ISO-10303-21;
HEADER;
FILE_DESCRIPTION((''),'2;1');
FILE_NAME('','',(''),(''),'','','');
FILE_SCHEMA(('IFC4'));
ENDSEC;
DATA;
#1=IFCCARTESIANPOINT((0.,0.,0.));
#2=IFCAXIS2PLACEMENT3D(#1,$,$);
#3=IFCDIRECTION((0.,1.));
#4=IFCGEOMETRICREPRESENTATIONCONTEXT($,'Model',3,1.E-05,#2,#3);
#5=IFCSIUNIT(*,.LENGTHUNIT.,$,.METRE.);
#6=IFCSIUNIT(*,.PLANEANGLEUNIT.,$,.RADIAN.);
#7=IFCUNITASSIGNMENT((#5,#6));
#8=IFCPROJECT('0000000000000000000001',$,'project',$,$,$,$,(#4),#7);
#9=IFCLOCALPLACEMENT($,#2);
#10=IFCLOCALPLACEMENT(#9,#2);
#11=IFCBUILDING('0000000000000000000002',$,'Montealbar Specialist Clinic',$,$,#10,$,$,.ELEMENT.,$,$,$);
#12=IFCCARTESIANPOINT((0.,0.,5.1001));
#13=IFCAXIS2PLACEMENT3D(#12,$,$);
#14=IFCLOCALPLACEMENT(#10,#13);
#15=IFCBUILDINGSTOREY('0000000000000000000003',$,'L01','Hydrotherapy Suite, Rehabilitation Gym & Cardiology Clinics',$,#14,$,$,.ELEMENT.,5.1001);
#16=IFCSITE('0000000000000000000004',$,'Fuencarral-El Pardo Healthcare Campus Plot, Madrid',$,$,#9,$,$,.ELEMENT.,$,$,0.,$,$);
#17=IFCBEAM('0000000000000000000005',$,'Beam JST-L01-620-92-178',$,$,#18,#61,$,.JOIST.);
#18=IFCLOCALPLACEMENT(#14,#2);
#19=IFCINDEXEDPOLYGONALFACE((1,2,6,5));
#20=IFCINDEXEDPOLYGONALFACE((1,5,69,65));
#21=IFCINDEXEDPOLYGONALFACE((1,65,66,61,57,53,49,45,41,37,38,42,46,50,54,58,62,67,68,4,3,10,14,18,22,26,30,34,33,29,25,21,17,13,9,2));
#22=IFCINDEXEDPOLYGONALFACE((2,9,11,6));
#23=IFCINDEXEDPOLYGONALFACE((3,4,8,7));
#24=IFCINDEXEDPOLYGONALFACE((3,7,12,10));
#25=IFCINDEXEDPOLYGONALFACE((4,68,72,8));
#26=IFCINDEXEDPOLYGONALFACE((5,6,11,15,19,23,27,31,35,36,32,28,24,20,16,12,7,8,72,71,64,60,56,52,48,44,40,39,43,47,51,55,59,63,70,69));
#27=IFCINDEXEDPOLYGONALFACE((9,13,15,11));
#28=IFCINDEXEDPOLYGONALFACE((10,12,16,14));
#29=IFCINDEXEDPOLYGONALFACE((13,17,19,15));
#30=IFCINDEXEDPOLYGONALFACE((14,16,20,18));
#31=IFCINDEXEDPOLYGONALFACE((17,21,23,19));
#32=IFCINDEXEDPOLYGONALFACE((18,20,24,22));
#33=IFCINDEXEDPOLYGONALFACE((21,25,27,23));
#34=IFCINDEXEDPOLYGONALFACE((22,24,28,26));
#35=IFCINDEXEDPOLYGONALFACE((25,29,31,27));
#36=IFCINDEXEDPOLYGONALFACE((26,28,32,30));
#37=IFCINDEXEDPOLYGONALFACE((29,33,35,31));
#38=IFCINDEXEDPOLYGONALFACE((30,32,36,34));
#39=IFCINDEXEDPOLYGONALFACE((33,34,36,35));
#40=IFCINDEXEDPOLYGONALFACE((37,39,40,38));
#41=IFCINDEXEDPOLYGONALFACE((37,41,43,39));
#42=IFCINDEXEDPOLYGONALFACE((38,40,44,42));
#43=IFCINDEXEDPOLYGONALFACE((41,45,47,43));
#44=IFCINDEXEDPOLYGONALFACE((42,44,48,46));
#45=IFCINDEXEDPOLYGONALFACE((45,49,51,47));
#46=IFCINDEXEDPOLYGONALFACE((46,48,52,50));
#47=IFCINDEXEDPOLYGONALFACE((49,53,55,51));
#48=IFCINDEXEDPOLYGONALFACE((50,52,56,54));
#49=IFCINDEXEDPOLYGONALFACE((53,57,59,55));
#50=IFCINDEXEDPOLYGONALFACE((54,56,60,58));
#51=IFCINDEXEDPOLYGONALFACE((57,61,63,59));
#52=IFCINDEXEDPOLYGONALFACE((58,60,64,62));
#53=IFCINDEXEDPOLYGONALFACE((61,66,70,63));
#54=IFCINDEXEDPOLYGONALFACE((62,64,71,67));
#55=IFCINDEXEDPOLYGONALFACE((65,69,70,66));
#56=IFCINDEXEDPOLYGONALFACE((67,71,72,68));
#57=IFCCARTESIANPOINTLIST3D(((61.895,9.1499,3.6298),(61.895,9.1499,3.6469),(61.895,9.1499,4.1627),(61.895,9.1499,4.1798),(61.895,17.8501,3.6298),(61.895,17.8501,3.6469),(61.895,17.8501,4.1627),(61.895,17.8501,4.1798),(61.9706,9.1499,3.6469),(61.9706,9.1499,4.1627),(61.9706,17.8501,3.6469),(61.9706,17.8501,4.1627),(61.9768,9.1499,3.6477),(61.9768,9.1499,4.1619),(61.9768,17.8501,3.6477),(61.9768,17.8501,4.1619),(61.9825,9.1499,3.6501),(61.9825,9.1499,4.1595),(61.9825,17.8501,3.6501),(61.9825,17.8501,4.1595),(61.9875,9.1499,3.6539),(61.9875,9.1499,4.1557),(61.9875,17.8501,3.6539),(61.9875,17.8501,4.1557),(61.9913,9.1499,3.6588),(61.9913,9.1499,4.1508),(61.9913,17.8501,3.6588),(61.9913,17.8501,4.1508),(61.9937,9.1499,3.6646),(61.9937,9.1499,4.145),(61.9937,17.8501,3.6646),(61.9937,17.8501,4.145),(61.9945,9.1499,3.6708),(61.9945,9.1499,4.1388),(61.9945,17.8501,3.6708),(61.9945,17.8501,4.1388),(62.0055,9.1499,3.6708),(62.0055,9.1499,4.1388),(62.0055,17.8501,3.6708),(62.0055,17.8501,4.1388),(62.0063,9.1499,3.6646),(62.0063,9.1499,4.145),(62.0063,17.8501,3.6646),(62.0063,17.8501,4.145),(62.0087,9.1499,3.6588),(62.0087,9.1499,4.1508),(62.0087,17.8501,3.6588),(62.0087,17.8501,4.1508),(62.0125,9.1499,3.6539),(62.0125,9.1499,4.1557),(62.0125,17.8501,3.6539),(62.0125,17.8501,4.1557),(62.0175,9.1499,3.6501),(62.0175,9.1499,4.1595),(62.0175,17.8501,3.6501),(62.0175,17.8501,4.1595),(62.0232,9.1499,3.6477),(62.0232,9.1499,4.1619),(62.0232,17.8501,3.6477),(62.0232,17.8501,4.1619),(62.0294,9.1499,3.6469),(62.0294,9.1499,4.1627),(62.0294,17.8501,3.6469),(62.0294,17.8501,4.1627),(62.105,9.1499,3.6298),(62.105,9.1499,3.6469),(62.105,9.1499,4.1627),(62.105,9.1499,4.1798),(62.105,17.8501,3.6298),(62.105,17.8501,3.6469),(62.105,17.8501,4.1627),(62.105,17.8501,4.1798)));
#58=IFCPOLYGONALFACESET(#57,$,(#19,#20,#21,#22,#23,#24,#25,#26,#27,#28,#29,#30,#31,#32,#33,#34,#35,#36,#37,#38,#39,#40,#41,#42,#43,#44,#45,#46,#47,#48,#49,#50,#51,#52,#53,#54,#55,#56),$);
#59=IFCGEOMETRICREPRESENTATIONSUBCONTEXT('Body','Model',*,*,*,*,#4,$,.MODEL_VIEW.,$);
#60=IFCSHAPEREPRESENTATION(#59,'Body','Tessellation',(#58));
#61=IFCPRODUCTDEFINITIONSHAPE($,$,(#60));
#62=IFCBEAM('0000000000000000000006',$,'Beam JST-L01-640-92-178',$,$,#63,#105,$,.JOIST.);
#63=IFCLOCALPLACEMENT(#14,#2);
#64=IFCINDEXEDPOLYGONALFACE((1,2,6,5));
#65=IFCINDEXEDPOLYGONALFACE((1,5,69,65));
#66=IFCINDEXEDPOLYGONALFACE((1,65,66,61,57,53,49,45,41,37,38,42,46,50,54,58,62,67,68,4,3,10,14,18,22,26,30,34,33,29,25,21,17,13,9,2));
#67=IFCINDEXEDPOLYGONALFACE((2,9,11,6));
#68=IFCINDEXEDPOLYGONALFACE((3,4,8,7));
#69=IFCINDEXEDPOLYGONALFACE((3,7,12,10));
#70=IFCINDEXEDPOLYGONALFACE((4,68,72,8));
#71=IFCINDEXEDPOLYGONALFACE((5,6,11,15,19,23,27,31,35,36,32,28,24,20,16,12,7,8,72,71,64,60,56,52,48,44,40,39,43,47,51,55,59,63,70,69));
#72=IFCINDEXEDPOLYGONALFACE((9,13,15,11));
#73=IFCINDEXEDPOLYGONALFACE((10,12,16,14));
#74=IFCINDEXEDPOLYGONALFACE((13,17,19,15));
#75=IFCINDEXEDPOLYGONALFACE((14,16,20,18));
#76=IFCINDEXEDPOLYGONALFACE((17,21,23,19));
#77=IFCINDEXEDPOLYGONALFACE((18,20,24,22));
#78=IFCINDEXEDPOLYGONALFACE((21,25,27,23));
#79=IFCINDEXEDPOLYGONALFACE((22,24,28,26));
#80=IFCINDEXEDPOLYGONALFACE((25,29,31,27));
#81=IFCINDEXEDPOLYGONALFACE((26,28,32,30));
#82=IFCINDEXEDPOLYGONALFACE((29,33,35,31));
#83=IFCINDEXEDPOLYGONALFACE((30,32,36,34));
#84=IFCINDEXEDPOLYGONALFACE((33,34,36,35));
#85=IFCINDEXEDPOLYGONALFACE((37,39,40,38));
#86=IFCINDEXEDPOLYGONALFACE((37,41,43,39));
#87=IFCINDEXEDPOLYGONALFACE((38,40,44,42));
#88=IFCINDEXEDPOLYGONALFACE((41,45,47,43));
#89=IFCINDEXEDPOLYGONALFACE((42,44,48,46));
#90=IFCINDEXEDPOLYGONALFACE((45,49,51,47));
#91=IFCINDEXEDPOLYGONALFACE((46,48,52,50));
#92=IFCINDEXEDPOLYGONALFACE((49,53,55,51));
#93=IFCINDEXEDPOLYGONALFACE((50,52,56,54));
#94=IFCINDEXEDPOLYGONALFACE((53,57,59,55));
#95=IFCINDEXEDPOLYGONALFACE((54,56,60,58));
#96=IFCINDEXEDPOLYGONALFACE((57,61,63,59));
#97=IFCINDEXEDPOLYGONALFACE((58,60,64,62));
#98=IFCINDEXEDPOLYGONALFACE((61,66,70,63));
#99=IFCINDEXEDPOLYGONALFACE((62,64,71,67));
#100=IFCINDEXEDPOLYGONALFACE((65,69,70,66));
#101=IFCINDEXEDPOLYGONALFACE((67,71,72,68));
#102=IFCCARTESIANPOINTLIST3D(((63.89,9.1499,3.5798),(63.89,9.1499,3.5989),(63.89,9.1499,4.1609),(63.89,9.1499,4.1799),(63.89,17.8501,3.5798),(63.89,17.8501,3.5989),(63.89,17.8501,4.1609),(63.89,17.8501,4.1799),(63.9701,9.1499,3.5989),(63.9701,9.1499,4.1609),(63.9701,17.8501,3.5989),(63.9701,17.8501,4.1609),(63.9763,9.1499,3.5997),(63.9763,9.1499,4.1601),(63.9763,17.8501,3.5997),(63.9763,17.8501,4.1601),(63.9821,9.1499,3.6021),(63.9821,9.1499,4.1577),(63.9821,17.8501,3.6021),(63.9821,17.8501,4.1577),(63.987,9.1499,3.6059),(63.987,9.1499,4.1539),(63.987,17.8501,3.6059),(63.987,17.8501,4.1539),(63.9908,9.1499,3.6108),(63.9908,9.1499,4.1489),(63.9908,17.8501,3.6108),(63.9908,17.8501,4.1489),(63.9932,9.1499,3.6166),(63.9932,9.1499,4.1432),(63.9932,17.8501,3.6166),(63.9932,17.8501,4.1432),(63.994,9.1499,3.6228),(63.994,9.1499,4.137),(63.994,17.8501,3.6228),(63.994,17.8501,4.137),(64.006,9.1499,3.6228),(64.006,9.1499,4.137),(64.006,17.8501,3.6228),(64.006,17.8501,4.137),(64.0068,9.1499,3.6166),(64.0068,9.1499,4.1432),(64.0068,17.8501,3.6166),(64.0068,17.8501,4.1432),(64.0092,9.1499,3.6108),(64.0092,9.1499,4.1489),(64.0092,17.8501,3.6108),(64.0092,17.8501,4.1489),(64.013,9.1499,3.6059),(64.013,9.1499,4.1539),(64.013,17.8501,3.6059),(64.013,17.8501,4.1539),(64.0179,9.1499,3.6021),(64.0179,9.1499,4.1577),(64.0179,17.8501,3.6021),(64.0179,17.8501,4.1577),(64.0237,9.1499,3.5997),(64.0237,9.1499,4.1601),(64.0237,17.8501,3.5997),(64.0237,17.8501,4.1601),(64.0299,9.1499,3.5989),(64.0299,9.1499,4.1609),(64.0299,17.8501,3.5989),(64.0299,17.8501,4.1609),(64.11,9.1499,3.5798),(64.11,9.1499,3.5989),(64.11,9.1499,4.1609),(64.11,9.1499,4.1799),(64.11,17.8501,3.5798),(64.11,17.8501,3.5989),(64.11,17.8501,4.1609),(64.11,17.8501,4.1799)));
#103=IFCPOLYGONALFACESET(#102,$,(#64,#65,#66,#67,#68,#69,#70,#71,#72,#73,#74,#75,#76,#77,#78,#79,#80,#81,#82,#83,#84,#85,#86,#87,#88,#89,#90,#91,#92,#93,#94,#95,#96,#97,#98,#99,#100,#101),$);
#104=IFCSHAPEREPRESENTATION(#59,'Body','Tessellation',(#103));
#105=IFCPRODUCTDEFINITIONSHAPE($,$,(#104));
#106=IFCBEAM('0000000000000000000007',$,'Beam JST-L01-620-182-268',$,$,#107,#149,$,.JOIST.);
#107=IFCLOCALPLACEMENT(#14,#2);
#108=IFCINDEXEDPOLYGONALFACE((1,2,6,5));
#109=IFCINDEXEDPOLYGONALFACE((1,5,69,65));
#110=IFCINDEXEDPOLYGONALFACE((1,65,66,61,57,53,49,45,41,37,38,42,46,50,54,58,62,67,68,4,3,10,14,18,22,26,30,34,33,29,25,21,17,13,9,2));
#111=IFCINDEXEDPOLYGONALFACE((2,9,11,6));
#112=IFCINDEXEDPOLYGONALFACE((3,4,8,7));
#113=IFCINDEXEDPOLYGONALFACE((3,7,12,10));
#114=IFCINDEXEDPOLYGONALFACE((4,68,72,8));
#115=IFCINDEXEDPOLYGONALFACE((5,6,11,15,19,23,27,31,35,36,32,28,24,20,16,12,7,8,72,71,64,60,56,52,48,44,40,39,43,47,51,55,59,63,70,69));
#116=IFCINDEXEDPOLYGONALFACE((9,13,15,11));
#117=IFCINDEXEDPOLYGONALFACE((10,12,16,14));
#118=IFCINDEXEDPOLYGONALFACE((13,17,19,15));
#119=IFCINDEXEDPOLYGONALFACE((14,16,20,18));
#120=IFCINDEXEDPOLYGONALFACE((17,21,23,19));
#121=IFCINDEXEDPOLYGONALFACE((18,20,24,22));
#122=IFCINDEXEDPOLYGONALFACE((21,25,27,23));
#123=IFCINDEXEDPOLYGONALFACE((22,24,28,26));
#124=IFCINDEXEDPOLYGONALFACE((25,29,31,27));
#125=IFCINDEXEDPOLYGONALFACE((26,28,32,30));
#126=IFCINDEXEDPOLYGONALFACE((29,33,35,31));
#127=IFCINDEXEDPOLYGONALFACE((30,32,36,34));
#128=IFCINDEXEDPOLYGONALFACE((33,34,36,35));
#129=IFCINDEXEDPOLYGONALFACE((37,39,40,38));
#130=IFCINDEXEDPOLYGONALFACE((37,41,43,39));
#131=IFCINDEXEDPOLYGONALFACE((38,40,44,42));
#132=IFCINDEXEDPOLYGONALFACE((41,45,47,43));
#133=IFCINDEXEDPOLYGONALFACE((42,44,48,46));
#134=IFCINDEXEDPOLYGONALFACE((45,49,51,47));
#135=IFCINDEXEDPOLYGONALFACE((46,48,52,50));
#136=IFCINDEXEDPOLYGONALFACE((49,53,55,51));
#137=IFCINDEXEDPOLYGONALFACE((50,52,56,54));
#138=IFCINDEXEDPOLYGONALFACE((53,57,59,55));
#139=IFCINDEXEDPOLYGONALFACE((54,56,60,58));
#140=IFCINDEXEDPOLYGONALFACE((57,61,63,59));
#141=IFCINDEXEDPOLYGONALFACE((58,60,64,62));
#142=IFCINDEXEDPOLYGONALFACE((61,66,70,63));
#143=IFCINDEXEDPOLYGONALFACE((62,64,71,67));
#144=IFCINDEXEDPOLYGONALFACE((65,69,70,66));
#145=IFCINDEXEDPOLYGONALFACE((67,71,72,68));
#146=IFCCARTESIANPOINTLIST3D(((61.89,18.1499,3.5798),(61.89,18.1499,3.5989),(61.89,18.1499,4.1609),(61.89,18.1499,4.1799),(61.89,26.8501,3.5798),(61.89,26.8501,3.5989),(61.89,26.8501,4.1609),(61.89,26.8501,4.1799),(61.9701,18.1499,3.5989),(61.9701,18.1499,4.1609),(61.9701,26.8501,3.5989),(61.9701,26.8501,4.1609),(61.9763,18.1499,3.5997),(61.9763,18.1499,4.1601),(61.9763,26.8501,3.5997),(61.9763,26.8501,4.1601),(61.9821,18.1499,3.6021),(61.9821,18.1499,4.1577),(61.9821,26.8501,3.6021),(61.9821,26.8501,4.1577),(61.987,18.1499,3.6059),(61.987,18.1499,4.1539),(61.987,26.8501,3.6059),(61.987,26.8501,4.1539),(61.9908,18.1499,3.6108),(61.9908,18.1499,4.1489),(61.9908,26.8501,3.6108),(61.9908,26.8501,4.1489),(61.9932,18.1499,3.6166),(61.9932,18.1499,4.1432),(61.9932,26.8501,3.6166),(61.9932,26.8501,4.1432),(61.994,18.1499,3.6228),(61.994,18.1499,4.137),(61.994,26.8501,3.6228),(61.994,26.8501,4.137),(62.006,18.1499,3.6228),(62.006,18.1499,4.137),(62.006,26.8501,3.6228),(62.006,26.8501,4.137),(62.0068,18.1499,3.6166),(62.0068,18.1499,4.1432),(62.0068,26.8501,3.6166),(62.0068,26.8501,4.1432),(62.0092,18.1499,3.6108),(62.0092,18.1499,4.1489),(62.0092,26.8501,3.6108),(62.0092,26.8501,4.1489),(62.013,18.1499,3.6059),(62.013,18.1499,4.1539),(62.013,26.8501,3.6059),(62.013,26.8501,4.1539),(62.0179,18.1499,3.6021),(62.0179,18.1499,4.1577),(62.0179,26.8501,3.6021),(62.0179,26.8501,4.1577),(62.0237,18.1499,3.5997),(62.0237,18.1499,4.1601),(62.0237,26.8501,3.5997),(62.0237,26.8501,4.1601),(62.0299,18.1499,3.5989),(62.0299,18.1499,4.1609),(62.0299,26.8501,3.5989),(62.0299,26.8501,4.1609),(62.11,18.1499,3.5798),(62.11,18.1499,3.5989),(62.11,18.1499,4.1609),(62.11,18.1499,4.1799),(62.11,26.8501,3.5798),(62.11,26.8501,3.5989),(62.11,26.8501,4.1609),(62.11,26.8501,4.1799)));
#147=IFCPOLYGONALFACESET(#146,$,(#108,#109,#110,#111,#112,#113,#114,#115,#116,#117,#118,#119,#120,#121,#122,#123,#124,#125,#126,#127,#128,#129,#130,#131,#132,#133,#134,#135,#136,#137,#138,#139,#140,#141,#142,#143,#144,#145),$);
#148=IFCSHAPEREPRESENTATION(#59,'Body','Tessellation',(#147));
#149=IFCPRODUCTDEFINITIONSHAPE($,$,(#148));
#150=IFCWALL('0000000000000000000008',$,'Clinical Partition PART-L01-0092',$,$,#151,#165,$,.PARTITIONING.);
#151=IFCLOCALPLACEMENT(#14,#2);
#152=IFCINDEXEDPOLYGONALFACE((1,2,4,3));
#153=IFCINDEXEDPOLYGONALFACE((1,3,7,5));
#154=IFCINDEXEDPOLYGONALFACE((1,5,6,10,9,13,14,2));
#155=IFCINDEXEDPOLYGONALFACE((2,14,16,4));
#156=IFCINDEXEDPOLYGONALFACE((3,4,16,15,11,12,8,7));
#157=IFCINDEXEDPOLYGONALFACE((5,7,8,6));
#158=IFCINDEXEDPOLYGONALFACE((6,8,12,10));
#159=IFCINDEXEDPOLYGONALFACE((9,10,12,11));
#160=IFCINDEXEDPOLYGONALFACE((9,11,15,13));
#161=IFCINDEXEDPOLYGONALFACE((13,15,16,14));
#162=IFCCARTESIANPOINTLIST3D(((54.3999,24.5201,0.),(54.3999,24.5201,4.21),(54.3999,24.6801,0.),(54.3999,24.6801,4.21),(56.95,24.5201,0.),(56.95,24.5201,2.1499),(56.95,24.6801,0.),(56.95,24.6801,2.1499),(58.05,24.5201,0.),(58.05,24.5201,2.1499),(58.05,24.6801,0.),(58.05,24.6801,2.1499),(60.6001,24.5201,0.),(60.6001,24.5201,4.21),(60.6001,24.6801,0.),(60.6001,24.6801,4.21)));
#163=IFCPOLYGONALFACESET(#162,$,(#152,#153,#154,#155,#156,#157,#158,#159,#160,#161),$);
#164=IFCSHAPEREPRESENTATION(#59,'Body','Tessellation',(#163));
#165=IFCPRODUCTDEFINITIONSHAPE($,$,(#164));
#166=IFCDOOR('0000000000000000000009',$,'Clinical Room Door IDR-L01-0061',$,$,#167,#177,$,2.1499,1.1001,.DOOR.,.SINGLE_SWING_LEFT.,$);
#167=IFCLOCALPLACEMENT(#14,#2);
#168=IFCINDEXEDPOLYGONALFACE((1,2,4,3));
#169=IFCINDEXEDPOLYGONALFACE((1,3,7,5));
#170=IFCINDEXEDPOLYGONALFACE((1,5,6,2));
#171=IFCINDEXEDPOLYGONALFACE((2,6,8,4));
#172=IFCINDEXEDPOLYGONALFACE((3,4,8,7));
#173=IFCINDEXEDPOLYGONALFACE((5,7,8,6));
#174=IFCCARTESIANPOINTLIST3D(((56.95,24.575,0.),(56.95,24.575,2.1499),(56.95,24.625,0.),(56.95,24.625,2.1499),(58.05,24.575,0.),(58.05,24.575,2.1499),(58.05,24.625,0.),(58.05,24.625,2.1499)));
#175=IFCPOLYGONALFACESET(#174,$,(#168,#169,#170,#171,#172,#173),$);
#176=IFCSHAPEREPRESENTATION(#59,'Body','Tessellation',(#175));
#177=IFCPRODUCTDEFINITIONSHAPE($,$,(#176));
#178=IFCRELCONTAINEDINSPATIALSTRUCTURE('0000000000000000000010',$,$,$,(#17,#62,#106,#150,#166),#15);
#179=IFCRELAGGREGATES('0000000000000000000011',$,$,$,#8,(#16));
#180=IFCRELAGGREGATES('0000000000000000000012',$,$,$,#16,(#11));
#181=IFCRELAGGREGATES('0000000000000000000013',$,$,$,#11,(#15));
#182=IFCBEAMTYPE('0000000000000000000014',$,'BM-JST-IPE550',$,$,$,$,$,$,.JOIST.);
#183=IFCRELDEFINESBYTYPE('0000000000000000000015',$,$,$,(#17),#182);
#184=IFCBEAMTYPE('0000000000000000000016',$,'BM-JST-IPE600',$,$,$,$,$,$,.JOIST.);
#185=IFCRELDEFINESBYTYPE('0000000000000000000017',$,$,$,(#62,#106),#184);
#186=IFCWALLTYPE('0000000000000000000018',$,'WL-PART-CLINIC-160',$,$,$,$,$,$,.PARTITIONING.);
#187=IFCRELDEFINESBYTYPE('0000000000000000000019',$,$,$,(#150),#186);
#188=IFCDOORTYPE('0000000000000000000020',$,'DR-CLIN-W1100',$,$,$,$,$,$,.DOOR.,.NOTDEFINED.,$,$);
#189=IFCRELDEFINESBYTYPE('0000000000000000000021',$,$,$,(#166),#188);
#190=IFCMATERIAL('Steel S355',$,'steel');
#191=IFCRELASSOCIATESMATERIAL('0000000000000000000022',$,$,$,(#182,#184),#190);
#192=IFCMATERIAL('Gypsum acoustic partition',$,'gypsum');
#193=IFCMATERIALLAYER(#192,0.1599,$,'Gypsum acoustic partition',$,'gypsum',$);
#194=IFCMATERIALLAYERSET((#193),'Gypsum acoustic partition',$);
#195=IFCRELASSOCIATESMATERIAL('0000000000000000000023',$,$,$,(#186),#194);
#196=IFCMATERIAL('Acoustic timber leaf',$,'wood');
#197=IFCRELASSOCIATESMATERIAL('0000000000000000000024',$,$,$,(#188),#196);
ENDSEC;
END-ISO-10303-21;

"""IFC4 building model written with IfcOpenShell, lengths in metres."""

from ifc_helpers import new_model, si_unit, direction, frame, frame_2d, origin, origin_2d, place, context, subcontext, project, spatial, rectangle, i_section, extrude, material, layer, layer_set, material_profile, profile_set, type_object, element, fill, save


model = new_model("IFC4")

# Units and contexts
model_context = context("Model", 3, precision=1e-05, world=origin(), true_north=direction((0.0, 1.0)))
body_context = subcontext(model_context, "Body", "Model", "MODEL_VIEW")
ifc_project = project(units=[si_unit("LENGTHUNIT", "METRE"), si_unit("PLANEANGLEUNIT", "RADIAN")], contexts=[model_context])

# Site, building, storey
site_placement = place(None, origin())
site = spatial("IfcSite", under=ifc_project, at=site_placement, Name="Fuencarral-El Pardo Healthcare Campus Plot, Madrid", CompositionType="ELEMENT", RefElevation=0.0)
building_placement = place(site_placement, origin())
building = spatial("IfcBuilding", under=site, at=building_placement, Name="Montealbar Specialist Clinic", CompositionType="ELEMENT")
storey_placement = place(building_placement, frame((0.0, 0.0, 5.1001)))
storey = spatial("IfcBuildingStorey", under=building, at=storey_placement, Name="L01", Description="Hydrotherapy Suite, Rehabilitation Gym & Cardiology Clinics", CompositionType="ELEMENT", Elevation=5.1001)

# Shared definitions
ifc_material_1 = material(Name="Steel S355", Category="steel")

# Beams
ifc_material_profile_1 = material_profile(ifc_material_1, i_section(OverallWidth=0.21, OverallDepth=0.55, WebThickness=0.011, FlangeThickness=0.0171, FilletRadius=0.0239, at=origin_2d()), Name="IPE 550", Category="steel")
ifc_profile_set_1 = profile_set([ifc_material_profile_1], Name="Steel S355")
beam_type_1 = type_object("IfcBeamType", Name="BM-JST-IPE550", PredefinedType="JOIST", material=ifc_profile_set_1)
beam_1_placement = place(storey_placement, frame((62.0, 9.1499, 3.9048), z_axis=(0.0, 1.0, 0.0), x_axis=(-1.0, 0.0, 0.0)))
element("IfcBeam", 1, at=beam_1_placement, inside=storey, type_object=beam_type_1, Name="Beam JST-L01-620-92-178", PredefinedType="JOIST", context=body_context, shape_type="SweptSolid", body=[
    extrude(i_section(OverallWidth=0.21, OverallDepth=0.55, WebThickness=0.011, FlangeThickness=0.0171, FilletRadius=0.0239, at=origin_2d()), origin(), (0.0, 0.0, 1.0), 8.7002),
])
ifc_material_profile_2 = material_profile(ifc_material_1, i_section(OverallWidth=0.22, OverallDepth=0.6001, WebThickness=0.012, FlangeThickness=0.019, FilletRadius=0.0239, at=origin_2d()), Name="IPE 600", Category="steel")
ifc_profile_set_2 = profile_set([ifc_material_profile_2], Name="Steel S355")
beam_type_2 = type_object("IfcBeamType", Name="BM-JST-IPE600", PredefinedType="JOIST", material=ifc_profile_set_2)
for number, where, z_axis, x_axis, name in (
    (2, (64.0, 9.1499, 3.8799), (0.0, 1.0, 0.0), (-1.0, 0.0, 0.0), "Beam JST-L01-640-92-178"),
    (3, (62.0, 18.1499, 3.8799), (0.0, 1.0, 0.0), (-1.0, 0.0, 0.0), "Beam JST-L01-620-182-268"),
):
    element("IfcBeam", number, at=place(storey_placement, frame(where, z_axis=z_axis, x_axis=x_axis)), inside=storey, type_object=beam_type_2, Name=name, PredefinedType="JOIST", context=body_context, shape_type="SweptSolid", body=[
        extrude(i_section(OverallWidth=0.22, OverallDepth=0.6001, WebThickness=0.012, FlangeThickness=0.019, FilletRadius=0.0239, at=origin_2d()), origin(), (0.0, 0.0, 1.0), 8.7002),
    ])

# Wall, opening, door
ifc_material_2 = material(Name="Gypsum acoustic partition", Category="gypsum")
ifc_layer = layer(ifc_material_2, 0.1599, Name="Gypsum acoustic partition", Category="gypsum")
ifc_layer_set = layer_set([ifc_layer], Name="Gypsum acoustic partition")
wall_type = type_object("IfcWallType", Name="WL-PART-CLINIC-160", PredefinedType="PARTITIONING", material=ifc_layer_set)
wall_1_placement = place(storey_placement, frame((54.3999, 24.6001, 0.0), z_axis=(0.0, 0.0, 1.0), x_axis=(1.0, 0.0, 0.0)))
wall_1 = element("IfcWall", 4, at=wall_1_placement, inside=storey, type_object=wall_type, Name="Clinical Partition PART-L01-0092", PredefinedType="PARTITIONING", context=body_context, shape_type="SweptSolid", body=[
    extrude(rectangle(XDim=6.2002, YDim=0.1599, at=frame_2d((3.1001, 0.0))), origin(), (0.0, 0.0, 1.0), 4.21),
])
opening_1_placement = place(wall_1_placement, frame((2.55, 0.0, 0.0)))
opening_1 = element("IfcOpeningElement", 5, at=opening_1_placement, cuts=wall_1, PredefinedType="OPENING", context=body_context, shape_type="SweptSolid", body=[
    extrude(rectangle(XDim=1.1001, YDim=2.1499, at=frame_2d((0.55, 1.075))), frame((0.0, 0.0898, 0.0), z_axis=(0.0, -1.0, 0.0), x_axis=(1.0, 0.0, 0.0)), (0.0, 0.0, 1.0), 0.1799),
])
ifc_material_3 = material(Name="Acoustic timber leaf", Category="wood")
door_type = type_object("IfcDoorType", Name="DR-CLIN-W1100", OperationType="NOTDEFINED", PredefinedType="DOOR", material=ifc_material_3)
door_1_placement = place(opening_1_placement, origin())
door_1 = element("IfcDoor", 6, at=door_1_placement, inside=storey, type_object=door_type, Name="Clinical Room Door IDR-L01-0061", OperationType="SINGLE_SWING_LEFT", OverallHeight=2.1499, OverallWidth=1.1001, PredefinedType="DOOR", context=body_context, shape_type="SweptSolid", body=[
    extrude(rectangle(XDim=1.1001, YDim=2.1499, at=frame_2d((0.55, 1.075))), frame((0.0, 0.0249, 0.0), z_axis=(0.0, -1.0, 0.0), x_axis=(1.0, 0.0, 0.0)), (0.0, 0.0, 1.0), 0.05),
])
fill(opening_1, door_1)

save(model, "model.ifc")
